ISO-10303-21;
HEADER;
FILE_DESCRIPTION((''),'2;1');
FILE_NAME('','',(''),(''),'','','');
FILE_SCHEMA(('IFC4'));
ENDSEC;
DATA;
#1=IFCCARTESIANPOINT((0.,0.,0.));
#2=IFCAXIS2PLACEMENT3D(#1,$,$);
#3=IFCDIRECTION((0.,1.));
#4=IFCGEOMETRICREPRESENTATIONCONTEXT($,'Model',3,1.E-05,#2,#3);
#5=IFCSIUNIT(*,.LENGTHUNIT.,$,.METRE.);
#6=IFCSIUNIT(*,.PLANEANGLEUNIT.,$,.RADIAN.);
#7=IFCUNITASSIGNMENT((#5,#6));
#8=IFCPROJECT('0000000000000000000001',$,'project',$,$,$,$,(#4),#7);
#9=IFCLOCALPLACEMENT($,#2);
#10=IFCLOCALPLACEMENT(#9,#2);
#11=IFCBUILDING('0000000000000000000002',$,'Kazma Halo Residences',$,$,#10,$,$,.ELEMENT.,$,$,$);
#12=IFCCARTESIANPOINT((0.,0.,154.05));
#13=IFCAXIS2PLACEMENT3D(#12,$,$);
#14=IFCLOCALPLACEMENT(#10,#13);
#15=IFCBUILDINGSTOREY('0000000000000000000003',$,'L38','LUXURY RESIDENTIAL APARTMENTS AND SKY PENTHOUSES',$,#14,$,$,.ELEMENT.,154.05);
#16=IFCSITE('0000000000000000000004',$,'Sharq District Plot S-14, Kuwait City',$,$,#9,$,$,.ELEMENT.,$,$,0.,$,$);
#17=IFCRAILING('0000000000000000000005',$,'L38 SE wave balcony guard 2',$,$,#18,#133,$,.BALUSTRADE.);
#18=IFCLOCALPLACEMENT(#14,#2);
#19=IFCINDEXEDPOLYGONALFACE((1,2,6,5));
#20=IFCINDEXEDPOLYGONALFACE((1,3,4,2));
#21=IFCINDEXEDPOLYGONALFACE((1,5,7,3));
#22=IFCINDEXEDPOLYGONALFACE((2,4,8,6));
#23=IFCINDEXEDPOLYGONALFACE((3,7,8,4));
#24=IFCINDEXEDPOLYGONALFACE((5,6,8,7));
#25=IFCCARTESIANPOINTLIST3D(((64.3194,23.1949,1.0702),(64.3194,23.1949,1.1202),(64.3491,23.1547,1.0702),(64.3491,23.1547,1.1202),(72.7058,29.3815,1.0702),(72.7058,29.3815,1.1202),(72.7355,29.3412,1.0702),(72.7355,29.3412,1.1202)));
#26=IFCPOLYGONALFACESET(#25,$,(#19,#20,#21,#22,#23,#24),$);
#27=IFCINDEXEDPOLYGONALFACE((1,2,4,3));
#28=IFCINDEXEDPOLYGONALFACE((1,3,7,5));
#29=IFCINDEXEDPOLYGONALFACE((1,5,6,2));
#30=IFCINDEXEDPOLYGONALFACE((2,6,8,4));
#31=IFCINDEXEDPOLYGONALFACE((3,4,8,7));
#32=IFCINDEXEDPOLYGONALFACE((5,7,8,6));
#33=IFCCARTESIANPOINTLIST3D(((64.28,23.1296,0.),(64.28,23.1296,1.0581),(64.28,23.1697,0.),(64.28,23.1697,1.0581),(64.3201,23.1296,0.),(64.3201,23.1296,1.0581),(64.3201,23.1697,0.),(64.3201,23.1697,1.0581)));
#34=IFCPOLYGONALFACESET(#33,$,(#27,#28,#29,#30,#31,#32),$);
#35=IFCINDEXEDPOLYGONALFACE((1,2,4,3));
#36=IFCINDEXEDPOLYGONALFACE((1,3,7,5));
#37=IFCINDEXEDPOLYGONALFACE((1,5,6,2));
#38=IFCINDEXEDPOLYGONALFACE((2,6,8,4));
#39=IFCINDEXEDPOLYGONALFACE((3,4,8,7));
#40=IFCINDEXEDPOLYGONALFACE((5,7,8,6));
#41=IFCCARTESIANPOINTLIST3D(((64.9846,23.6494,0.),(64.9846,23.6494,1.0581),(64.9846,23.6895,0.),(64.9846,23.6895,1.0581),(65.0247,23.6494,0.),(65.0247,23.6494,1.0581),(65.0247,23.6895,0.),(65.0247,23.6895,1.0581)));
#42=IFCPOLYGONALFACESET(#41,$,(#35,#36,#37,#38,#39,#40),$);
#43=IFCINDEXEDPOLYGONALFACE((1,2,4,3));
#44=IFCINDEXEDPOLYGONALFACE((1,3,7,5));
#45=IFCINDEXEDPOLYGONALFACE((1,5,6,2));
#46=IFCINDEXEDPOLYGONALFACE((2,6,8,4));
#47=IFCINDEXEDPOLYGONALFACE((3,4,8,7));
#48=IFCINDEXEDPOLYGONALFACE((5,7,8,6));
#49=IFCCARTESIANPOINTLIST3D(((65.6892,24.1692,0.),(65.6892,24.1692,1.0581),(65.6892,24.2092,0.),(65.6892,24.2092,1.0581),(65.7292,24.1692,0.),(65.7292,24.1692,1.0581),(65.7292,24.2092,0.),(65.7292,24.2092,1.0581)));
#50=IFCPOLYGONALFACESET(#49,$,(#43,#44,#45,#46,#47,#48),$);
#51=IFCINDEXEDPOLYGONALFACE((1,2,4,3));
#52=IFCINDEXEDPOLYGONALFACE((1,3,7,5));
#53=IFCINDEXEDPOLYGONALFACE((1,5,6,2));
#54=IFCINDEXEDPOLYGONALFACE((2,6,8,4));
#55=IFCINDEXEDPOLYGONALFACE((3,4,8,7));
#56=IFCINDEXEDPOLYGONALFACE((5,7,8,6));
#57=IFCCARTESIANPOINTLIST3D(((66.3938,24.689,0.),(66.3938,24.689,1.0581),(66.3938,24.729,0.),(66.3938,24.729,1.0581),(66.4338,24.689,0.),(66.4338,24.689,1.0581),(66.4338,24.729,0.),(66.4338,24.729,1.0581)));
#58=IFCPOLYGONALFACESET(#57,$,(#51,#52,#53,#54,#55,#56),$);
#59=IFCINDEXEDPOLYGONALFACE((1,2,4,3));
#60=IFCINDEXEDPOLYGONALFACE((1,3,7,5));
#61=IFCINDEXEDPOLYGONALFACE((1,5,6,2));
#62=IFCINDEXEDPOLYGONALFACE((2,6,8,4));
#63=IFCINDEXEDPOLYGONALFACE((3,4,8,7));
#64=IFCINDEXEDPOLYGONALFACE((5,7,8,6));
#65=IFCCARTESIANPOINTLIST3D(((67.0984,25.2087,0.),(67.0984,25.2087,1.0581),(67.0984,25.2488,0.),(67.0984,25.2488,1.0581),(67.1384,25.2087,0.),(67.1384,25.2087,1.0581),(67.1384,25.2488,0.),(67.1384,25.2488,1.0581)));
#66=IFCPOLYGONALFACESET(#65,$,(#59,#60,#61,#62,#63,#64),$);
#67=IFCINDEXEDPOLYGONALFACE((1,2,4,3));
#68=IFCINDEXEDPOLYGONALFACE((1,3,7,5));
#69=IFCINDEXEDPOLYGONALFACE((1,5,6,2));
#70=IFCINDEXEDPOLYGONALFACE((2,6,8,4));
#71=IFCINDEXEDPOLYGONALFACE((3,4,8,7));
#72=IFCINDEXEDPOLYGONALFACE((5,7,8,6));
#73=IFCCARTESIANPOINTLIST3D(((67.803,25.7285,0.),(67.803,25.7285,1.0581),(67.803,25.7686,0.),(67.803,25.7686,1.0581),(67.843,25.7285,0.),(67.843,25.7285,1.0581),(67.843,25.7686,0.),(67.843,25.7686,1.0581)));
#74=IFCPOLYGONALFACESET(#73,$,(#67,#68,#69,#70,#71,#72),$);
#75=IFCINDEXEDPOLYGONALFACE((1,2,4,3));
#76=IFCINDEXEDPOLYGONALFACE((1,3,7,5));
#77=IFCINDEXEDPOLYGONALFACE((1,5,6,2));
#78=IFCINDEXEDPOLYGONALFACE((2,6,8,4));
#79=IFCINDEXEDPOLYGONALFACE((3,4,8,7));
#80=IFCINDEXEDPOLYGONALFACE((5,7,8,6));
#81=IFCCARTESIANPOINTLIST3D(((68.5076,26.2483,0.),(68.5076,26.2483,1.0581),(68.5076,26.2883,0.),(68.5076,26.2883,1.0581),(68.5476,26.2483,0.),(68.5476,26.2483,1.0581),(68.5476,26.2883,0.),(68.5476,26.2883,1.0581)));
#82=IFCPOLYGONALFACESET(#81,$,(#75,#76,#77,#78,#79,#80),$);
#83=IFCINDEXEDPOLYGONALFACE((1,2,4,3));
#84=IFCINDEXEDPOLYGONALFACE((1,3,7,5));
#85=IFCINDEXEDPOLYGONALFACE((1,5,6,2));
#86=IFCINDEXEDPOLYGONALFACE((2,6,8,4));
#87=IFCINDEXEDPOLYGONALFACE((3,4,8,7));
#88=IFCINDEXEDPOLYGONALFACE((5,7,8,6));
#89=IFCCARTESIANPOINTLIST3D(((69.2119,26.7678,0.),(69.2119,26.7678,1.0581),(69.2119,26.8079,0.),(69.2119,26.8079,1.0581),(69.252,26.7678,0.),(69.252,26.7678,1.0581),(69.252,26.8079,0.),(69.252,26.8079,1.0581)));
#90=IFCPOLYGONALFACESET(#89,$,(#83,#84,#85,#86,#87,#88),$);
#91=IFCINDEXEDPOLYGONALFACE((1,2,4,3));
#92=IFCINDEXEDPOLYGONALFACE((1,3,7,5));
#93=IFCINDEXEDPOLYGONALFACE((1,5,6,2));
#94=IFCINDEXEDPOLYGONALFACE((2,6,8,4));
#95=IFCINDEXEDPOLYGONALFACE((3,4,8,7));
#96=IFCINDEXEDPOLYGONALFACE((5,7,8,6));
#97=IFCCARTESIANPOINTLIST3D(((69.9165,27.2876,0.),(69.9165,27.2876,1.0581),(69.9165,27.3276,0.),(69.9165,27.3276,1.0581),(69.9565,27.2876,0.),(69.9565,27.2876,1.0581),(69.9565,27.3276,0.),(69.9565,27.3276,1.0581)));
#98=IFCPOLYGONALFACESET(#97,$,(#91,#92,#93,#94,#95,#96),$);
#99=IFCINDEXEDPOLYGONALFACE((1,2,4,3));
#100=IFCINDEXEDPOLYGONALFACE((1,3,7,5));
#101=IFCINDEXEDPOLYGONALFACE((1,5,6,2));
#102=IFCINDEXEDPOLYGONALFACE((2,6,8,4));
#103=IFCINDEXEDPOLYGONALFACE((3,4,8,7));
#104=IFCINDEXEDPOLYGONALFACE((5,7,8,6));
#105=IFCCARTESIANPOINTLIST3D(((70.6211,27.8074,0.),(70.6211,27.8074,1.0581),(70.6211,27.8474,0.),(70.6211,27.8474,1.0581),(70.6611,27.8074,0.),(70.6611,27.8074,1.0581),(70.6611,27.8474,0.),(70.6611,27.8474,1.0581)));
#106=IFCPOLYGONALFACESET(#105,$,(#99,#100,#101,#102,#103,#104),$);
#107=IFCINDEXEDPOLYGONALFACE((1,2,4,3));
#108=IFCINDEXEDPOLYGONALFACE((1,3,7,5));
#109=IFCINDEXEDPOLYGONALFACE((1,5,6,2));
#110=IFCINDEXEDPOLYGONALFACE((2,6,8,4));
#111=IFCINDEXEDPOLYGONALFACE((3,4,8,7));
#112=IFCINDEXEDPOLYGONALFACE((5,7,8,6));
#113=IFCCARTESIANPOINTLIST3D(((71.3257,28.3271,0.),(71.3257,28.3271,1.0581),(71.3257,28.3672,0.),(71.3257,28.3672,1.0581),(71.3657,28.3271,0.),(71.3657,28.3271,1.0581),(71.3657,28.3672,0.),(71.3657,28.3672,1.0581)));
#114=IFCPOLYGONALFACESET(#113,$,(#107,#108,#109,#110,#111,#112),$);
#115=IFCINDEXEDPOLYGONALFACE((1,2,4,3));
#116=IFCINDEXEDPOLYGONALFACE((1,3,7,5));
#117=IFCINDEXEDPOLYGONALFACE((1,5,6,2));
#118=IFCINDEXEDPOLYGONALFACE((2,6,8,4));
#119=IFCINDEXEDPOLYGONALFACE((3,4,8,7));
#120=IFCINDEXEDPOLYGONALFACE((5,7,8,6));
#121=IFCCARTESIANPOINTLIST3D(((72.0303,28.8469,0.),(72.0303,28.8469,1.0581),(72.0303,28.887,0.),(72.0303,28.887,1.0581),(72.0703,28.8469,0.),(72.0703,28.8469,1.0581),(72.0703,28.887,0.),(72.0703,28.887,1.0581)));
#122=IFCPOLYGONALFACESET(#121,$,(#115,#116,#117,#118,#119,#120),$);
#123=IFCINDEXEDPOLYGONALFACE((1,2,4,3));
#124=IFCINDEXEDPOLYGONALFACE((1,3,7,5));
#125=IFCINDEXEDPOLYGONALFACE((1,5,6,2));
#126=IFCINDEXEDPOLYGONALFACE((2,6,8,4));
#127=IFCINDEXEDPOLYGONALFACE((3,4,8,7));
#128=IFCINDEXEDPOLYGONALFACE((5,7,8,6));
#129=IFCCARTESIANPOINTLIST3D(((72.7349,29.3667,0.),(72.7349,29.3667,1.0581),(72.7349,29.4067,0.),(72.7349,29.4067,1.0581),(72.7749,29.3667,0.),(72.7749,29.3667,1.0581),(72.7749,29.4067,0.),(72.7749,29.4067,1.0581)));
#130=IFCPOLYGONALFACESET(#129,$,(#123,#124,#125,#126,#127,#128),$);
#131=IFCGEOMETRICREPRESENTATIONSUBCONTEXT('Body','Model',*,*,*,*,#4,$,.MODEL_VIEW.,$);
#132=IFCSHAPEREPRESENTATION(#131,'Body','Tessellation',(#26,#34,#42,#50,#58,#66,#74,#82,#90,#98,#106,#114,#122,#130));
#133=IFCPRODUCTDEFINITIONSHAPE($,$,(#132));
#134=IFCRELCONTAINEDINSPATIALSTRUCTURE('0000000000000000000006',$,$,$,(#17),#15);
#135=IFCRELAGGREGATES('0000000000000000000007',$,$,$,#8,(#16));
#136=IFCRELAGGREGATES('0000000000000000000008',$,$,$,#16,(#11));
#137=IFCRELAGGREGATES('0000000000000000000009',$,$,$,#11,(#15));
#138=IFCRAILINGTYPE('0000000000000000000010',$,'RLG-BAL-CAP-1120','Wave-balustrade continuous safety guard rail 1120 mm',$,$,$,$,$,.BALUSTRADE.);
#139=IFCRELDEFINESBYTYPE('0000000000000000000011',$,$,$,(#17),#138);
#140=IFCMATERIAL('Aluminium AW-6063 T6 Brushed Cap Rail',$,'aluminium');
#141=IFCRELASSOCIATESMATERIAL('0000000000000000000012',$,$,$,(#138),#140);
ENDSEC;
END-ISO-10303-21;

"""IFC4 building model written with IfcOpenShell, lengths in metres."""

from ifc_helpers import new_model, si_unit, direction, frame, origin, origin_2d, place, context, subcontext, project, spatial, rectangle, extrude, material, type_object, element, save


model = new_model("IFC4")

# Units and contexts
model_context = context("Model", 3, precision=1e-05, world=origin(), true_north=direction((0.0, 1.0)))
body_context = subcontext(model_context, "Body", "Model", "MODEL_VIEW")
ifc_project = project(units=[si_unit("LENGTHUNIT", "METRE"), si_unit("PLANEANGLEUNIT", "RADIAN")], contexts=[model_context])

# Site, building, storey
site_placement = place(None, origin())
site = spatial("IfcSite", under=ifc_project, at=site_placement, Name="Sharq District Plot S-14, Kuwait City", CompositionType="ELEMENT", RefElevation=0.0)
building_placement = place(site_placement, origin())
building = spatial("IfcBuilding", under=site, at=building_placement, Name="Kazma Halo Residences", CompositionType="ELEMENT")
storey_placement = place(building_placement, frame((0.0, 0.0, 154.05)))
storey = spatial("IfcBuildingStorey", under=building, at=storey_placement, Name="L38", Description="LUXURY RESIDENTIAL APARTMENTS AND SKY PENTHOUSES", CompositionType="ELEMENT", Elevation=154.05)

# Railing
ifc_material_1 = material(Name="Aluminium AW-6063 T6 Brushed Cap Rail", Category="aluminium")
railing_type = type_object("IfcRailingType", Name="RLG-BAL-CAP-1120", Description="Wave-balustrade continuous safety guard rail 1120 mm", PredefinedType="BALUSTRADE", material=ifc_material_1)
railing_1_placement = place(storey_placement, frame((64.3, 23.1497, 0.0)))
element("IfcRailing", 1, at=railing_1_placement, inside=storey, type_object=railing_type, Name="L38 SE wave balcony guard 2", PredefinedType="BALUSTRADE", context=body_context, shape_type="SweptSolid", body=[
    extrude(rectangle(XDim=0.05, YDim=0.05, at=origin_2d()), frame((0.0342, 0.0251, 1.0952), z_axis=(0.804729, 0.593642, 0.0), x_axis=(-0.593642, 0.804729, 0.0)), (0.0, 0.0, 1.0), 10.4214),
    extrude(rectangle(XDim=0.04, YDim=0.04, at=origin_2d()), origin(), (0.0, 0.0, 1.0), 1.0581),
    extrude(rectangle(XDim=0.04, YDim=0.04, at=origin_2d()), frame((0.7046, 0.5198, 0.0)), (0.0, 0.0, 1.0), 1.0581),
    extrude(rectangle(XDim=0.04, YDim=0.04, at=origin_2d()), frame((1.4092, 1.0396, 0.0)), (0.0, 0.0, 1.0), 1.0581),
    extrude(rectangle(XDim=0.04, YDim=0.04, at=origin_2d()), frame((2.1138, 1.5593, 0.0)), (0.0, 0.0, 1.0), 1.0581),
    extrude(rectangle(XDim=0.04, YDim=0.04, at=origin_2d()), frame((2.8184, 2.0791, 0.0)), (0.0, 0.0, 1.0), 1.0581),
    extrude(rectangle(XDim=0.04, YDim=0.04, at=origin_2d()), frame((3.5229, 2.5989, 0.0)), (0.0, 0.0, 1.0), 1.0581),
    extrude(rectangle(XDim=0.04, YDim=0.04, at=origin_2d()), frame((4.2275, 3.1187, 0.0)), (0.0, 0.0, 1.0), 1.0581),
    extrude(rectangle(XDim=0.04, YDim=0.04, at=origin_2d()), frame((4.9319, 3.6382, 0.0)), (0.0, 0.0, 1.0), 1.0581),
    extrude(rectangle(XDim=0.04, YDim=0.04, at=origin_2d()), frame((5.6365, 4.158, 0.0)), (0.0, 0.0, 1.0), 1.0581),
    extrude(rectangle(XDim=0.04, YDim=0.04, at=origin_2d()), frame((6.3411, 4.6777, 0.0)), (0.0, 0.0, 1.0), 1.0581),
    extrude(rectangle(XDim=0.04, YDim=0.04, at=origin_2d()), frame((7.0457, 5.1975, 0.0)), (0.0, 0.0, 1.0), 1.0581),
    extrude(rectangle(XDim=0.04, YDim=0.04, at=origin_2d()), frame((7.7502, 5.7173, 0.0)), (0.0, 0.0, 1.0), 1.0581),
    extrude(rectangle(XDim=0.04, YDim=0.04, at=origin_2d()), frame((8.4548, 6.2371, 0.0)), (0.0, 0.0, 1.0), 1.0581),
])

save(model, "model.ifc")
